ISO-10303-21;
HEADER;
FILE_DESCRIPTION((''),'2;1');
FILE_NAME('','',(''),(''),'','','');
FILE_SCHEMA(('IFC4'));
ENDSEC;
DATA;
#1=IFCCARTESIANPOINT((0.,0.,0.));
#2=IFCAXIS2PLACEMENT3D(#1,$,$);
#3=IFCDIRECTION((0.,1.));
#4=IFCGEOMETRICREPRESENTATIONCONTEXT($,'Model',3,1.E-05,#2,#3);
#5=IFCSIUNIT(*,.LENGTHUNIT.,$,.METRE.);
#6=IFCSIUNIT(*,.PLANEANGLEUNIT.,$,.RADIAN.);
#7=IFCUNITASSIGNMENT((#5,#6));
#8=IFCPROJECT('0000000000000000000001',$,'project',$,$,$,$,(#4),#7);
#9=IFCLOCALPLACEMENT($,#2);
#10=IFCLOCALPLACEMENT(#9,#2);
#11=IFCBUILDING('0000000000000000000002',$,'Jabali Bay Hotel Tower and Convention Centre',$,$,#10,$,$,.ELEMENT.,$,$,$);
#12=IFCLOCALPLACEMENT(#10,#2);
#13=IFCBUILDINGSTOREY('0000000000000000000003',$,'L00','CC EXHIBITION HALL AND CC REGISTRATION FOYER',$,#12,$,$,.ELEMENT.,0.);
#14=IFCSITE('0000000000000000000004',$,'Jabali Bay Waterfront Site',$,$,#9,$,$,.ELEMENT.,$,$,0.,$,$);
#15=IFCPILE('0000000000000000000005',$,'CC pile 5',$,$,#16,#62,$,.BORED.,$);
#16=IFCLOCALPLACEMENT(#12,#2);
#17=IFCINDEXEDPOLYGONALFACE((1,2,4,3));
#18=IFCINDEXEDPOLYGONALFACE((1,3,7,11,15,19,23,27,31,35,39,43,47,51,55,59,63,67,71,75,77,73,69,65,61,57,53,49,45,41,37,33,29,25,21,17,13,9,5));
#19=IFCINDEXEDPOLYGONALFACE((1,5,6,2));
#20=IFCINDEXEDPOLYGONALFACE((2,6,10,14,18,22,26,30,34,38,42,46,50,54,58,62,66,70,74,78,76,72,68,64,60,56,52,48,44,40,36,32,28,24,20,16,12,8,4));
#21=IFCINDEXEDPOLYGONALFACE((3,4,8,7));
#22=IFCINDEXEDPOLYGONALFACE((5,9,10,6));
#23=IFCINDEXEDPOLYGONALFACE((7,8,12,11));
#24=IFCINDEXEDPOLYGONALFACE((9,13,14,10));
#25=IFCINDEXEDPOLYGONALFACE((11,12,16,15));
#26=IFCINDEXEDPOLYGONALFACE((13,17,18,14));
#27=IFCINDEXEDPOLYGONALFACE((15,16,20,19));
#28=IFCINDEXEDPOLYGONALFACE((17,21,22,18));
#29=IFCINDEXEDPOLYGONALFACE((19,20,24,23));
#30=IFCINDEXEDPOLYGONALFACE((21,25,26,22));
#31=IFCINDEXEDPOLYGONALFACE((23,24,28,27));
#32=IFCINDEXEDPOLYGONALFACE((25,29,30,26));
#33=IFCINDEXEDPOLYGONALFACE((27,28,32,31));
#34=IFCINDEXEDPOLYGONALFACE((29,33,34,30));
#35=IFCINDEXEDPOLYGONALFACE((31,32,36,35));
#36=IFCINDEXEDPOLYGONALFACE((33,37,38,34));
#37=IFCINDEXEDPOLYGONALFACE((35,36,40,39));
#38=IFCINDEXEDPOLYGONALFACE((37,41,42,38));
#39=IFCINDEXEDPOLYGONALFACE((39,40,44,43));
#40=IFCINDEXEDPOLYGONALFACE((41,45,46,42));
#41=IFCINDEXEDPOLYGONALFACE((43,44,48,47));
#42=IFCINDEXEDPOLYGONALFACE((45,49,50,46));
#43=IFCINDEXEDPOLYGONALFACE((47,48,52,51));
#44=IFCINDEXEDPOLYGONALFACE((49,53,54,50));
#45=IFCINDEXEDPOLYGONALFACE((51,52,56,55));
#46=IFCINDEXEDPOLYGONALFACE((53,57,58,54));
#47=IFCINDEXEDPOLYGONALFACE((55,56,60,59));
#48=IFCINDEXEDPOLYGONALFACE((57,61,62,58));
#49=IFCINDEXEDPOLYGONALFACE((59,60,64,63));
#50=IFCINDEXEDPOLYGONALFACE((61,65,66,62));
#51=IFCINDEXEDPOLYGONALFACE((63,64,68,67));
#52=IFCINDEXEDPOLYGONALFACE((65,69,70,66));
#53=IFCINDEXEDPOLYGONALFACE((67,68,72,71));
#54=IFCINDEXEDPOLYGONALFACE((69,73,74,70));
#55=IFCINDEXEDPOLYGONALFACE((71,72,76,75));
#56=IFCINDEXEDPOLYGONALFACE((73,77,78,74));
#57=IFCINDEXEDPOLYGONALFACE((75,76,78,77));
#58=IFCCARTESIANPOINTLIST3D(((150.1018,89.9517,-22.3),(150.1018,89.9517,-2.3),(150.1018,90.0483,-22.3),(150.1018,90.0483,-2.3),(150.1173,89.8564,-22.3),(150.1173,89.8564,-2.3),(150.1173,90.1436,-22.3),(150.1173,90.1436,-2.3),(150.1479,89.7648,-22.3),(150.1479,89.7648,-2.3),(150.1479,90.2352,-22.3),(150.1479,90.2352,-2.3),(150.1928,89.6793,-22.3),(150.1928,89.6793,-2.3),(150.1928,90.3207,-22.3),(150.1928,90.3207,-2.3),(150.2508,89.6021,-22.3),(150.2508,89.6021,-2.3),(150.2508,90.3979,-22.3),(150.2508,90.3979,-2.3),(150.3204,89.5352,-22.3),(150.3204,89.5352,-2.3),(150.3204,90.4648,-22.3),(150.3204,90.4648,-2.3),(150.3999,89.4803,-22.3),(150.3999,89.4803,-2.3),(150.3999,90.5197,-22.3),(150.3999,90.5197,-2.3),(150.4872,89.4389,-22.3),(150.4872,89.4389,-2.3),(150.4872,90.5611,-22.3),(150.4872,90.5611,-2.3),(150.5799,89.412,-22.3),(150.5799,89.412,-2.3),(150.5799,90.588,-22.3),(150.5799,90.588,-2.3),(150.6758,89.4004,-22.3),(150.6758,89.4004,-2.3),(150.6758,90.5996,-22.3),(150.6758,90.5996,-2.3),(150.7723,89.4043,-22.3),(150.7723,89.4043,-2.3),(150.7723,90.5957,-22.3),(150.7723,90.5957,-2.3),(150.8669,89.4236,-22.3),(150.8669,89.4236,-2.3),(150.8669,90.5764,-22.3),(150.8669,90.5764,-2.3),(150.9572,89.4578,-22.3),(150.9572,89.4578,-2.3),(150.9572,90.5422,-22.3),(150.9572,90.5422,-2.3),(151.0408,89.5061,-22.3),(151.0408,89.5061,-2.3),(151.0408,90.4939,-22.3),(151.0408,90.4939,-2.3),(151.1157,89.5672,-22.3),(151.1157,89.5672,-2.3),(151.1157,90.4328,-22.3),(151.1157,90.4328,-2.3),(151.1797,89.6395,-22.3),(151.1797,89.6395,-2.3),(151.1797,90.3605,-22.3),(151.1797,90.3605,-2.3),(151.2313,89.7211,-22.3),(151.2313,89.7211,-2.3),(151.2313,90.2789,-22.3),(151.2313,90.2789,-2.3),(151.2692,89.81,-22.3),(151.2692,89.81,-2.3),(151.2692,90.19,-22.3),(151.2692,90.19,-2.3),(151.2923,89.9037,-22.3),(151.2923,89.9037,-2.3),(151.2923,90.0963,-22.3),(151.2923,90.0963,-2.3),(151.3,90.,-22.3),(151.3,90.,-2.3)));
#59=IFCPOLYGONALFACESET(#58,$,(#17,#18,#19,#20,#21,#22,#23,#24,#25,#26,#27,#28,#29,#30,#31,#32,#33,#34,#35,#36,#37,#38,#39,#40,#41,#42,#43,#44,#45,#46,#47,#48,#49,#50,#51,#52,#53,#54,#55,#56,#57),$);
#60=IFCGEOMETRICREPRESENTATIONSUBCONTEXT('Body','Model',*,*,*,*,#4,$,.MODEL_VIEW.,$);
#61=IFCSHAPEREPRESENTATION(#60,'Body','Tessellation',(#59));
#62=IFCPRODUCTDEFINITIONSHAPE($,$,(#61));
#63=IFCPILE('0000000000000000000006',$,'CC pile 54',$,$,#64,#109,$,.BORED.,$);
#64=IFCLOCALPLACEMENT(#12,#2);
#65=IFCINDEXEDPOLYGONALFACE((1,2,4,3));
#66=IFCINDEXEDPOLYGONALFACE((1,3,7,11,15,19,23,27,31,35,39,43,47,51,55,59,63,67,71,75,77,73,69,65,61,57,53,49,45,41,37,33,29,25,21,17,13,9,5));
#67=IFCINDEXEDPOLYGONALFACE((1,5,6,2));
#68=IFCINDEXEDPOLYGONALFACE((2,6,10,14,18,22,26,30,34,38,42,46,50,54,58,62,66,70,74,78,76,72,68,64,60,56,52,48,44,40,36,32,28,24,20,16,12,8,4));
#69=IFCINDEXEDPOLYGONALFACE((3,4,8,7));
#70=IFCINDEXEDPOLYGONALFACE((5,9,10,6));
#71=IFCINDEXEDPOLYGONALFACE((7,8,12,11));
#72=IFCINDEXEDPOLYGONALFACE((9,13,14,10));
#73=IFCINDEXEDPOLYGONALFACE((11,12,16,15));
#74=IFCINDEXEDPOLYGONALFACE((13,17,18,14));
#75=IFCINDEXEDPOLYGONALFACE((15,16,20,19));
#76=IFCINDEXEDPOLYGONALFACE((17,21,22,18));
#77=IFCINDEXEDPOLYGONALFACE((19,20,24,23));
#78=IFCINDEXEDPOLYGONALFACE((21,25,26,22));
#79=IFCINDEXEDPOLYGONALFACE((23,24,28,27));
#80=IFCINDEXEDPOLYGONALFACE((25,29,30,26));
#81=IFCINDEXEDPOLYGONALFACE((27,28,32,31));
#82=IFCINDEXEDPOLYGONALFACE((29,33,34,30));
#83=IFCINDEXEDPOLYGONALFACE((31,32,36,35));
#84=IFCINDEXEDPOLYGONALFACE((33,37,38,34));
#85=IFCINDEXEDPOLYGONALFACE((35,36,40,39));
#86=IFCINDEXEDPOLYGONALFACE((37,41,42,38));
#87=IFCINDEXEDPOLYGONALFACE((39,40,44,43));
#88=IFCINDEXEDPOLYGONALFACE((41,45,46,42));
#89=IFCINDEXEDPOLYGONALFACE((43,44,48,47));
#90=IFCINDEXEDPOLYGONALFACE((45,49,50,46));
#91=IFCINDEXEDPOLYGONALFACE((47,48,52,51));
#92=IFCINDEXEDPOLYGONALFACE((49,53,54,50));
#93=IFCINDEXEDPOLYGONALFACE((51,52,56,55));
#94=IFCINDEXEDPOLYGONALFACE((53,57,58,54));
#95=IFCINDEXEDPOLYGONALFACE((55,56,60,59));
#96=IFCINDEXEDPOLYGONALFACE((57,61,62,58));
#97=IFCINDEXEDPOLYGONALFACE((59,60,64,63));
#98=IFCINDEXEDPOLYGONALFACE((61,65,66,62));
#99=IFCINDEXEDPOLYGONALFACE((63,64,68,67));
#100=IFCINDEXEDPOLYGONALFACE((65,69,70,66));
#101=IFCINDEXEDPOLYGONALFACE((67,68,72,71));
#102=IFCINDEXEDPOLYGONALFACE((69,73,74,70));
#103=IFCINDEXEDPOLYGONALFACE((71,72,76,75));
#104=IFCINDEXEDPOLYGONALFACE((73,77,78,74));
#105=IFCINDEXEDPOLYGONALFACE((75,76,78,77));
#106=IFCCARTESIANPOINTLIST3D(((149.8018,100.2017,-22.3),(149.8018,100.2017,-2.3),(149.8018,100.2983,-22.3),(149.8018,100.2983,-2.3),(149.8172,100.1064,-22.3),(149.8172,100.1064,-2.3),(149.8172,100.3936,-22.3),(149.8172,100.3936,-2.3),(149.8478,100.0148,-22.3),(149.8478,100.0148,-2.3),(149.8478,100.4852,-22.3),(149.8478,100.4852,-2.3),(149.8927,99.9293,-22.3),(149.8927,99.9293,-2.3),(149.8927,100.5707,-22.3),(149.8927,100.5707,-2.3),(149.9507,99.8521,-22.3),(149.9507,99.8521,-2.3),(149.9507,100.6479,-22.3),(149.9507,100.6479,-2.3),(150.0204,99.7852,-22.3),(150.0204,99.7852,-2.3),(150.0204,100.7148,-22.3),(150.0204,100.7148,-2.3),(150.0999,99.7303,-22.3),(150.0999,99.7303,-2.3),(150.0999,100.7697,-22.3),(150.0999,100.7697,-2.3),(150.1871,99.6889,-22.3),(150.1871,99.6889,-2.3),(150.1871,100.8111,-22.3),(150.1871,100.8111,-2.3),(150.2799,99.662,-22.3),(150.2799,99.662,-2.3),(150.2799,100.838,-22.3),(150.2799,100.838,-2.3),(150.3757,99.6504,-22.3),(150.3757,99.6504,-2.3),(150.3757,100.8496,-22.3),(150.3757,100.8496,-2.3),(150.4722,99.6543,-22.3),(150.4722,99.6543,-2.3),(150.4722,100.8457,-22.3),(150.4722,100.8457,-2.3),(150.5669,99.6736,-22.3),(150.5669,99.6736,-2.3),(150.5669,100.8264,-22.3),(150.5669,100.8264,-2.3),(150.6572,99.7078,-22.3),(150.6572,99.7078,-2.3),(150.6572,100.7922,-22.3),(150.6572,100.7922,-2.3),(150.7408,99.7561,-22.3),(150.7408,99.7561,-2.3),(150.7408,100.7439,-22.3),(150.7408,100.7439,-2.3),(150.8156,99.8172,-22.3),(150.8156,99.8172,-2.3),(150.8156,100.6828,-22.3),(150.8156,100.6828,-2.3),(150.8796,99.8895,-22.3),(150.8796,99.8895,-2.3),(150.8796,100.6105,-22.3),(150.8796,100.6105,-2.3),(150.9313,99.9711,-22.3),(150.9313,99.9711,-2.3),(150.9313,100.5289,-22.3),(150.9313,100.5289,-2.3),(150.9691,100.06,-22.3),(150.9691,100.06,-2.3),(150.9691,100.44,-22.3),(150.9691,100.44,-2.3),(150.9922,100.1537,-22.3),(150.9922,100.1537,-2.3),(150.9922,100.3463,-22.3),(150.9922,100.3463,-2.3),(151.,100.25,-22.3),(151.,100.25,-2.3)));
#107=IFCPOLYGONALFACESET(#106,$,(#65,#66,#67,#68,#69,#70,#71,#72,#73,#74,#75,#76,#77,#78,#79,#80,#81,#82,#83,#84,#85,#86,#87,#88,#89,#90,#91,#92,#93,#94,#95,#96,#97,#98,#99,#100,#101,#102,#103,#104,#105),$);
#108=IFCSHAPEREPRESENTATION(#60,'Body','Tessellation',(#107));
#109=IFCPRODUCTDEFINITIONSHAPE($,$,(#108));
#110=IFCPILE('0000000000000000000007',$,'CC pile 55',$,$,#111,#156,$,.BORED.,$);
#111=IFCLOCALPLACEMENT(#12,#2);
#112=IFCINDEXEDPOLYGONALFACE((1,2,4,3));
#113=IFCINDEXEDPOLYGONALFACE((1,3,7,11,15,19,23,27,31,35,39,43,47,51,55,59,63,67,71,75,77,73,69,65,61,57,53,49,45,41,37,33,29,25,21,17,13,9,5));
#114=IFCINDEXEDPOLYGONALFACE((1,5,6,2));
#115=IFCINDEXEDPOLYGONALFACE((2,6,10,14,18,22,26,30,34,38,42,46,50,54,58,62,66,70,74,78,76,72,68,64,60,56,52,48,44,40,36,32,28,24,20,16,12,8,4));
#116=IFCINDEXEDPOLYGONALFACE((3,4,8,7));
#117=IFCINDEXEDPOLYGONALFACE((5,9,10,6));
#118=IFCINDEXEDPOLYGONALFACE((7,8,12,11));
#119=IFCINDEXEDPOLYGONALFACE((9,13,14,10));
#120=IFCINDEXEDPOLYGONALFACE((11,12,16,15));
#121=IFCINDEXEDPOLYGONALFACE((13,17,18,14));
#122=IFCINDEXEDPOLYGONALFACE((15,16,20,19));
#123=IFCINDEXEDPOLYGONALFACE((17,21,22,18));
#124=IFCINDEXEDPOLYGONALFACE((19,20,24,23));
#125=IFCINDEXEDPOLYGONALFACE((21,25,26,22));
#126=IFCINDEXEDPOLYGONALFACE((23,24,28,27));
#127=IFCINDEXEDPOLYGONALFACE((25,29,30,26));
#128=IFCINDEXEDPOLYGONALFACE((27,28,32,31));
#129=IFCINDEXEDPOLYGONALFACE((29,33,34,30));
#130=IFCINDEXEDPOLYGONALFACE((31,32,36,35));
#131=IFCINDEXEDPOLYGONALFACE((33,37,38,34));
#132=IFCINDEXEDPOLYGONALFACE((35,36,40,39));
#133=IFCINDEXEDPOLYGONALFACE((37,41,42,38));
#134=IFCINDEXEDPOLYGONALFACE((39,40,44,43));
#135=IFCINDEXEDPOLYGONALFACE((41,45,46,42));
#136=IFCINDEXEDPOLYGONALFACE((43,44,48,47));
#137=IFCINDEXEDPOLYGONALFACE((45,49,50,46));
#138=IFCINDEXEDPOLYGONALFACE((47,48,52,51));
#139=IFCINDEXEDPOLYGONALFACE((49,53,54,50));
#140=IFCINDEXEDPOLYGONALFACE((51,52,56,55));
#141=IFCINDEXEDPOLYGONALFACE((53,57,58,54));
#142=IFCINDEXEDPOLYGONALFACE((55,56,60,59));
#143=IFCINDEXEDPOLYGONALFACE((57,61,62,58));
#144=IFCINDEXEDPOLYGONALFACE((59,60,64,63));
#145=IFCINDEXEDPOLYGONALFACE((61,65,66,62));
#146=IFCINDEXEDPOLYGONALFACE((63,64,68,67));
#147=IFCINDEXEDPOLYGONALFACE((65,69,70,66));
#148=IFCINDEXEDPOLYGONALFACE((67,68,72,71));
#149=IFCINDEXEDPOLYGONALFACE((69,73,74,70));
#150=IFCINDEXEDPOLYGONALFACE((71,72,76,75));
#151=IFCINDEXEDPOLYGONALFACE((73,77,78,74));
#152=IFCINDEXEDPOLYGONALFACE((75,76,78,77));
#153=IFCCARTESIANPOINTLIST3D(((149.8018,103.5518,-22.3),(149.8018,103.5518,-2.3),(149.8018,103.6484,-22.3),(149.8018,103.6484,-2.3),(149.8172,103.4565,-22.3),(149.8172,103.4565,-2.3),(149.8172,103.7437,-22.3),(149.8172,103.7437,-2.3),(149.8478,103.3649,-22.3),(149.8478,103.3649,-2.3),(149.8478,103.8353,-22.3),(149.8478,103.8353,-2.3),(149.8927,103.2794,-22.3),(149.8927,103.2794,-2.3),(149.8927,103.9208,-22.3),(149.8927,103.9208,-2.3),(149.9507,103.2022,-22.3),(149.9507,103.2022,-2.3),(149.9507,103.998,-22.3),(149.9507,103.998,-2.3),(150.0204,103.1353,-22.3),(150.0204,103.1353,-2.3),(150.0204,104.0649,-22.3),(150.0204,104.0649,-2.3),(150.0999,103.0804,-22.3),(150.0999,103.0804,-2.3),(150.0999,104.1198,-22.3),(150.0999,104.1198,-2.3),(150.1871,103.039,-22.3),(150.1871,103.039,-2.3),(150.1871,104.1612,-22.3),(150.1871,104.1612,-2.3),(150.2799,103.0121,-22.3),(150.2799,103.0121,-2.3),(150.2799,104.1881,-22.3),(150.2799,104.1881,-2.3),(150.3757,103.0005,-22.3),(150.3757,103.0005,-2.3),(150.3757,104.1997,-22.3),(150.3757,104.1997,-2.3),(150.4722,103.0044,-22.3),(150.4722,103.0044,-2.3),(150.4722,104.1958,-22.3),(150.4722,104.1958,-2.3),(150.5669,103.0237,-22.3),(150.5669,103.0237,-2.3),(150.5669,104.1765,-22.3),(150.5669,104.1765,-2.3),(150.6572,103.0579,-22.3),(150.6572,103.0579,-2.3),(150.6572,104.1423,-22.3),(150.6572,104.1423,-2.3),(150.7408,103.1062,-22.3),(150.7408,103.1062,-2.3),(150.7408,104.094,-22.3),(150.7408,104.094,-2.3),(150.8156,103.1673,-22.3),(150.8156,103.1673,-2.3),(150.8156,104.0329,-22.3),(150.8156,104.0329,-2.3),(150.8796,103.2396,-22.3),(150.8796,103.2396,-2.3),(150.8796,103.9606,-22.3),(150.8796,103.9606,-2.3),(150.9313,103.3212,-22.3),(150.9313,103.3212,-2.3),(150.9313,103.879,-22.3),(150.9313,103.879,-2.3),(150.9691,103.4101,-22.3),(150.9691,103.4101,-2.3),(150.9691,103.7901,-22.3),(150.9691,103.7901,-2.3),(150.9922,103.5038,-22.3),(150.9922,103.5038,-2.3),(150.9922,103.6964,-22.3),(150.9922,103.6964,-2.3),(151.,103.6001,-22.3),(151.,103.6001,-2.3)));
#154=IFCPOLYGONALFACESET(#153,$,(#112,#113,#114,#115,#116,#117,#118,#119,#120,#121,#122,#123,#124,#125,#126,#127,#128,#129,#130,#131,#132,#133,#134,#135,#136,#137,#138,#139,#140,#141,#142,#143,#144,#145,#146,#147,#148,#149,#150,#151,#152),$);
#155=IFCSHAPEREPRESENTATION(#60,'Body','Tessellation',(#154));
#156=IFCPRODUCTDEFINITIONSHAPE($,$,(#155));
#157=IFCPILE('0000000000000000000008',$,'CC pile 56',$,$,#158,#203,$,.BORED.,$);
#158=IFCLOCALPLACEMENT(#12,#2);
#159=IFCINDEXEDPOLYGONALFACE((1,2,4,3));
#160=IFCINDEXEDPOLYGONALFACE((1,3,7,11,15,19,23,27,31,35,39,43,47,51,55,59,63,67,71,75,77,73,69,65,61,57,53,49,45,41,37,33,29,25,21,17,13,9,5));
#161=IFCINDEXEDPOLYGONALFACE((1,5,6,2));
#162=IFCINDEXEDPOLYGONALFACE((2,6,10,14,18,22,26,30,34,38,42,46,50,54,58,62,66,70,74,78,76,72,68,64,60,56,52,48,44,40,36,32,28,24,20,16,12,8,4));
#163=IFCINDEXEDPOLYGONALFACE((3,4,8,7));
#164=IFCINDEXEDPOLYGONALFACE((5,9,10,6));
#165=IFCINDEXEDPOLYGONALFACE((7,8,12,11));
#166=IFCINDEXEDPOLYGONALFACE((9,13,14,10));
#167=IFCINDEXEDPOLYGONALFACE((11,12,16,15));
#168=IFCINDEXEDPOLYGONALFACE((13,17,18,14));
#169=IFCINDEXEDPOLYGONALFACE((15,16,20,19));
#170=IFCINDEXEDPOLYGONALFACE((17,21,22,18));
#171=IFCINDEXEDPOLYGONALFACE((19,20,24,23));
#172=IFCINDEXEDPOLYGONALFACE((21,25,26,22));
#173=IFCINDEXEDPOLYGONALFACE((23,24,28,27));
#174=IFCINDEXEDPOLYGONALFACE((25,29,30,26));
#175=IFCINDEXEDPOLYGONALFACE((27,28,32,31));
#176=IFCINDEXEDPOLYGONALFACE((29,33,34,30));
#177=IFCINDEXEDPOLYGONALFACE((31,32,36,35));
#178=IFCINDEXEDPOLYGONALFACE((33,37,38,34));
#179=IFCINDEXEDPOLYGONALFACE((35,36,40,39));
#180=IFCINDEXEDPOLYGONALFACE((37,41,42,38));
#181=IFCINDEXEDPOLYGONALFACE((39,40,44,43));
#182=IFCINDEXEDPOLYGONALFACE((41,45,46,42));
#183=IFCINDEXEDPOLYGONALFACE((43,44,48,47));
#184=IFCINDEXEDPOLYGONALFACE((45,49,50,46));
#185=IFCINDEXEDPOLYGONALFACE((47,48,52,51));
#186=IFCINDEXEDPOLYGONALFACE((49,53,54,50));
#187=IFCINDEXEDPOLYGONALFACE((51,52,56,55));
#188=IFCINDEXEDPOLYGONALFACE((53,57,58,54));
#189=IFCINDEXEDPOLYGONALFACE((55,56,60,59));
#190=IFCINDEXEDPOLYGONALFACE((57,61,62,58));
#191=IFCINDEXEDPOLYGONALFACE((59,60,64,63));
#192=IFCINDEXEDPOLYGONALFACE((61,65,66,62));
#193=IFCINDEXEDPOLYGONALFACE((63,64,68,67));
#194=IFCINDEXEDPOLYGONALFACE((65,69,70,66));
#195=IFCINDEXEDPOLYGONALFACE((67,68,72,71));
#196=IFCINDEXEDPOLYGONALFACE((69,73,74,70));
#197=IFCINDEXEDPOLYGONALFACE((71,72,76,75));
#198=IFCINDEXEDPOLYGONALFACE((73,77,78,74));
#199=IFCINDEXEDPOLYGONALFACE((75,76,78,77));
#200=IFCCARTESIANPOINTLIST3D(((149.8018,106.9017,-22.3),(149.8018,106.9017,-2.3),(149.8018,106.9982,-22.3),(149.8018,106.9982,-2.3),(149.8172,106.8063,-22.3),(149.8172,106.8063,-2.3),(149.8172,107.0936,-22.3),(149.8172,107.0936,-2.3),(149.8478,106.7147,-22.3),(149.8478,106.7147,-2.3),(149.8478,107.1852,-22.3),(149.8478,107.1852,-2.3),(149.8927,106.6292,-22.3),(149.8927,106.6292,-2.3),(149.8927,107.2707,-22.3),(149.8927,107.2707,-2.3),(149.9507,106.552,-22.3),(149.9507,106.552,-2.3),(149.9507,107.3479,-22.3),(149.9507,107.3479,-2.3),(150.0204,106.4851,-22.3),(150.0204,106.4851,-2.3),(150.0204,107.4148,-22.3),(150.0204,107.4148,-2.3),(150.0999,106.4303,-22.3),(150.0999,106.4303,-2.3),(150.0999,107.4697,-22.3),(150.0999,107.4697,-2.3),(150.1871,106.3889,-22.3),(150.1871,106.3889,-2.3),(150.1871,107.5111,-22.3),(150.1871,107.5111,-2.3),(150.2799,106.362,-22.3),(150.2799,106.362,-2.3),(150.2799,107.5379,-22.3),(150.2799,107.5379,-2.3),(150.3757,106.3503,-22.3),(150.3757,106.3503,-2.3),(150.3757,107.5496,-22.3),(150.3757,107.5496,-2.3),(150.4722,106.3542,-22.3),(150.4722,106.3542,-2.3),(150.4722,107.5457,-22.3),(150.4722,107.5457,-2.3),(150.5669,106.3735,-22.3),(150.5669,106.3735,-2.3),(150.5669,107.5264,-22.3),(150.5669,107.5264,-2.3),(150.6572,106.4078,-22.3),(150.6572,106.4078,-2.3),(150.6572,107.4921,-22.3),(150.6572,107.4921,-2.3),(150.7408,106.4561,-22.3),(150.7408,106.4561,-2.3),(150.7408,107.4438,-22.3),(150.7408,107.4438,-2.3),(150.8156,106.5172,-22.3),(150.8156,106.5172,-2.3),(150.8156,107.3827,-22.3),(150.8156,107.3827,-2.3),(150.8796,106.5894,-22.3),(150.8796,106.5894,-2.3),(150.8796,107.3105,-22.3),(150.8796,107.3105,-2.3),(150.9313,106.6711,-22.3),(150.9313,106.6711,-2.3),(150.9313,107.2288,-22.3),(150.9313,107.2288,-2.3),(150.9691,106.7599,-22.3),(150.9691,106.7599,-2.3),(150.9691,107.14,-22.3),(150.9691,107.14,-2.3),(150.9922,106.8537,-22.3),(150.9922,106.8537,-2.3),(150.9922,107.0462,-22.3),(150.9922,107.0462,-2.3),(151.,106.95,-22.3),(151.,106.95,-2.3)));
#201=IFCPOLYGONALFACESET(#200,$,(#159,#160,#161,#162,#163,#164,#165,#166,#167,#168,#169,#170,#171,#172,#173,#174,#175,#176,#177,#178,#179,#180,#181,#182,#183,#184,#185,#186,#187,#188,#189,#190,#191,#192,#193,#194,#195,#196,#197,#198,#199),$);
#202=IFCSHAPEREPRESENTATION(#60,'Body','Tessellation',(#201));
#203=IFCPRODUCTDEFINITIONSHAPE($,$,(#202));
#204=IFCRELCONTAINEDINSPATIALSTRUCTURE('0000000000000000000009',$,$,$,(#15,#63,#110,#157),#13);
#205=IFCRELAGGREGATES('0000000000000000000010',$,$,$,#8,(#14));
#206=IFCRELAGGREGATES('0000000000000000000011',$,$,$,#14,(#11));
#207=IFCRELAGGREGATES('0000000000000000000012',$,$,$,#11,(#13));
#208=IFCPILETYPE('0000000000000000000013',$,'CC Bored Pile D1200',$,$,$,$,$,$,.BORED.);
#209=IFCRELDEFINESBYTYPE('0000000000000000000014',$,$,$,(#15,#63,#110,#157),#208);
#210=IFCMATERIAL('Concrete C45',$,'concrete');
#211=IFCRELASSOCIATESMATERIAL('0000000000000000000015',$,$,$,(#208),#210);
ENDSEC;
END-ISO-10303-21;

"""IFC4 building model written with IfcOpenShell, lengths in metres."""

from ifc_helpers import new_model, si_unit, direction, frame, origin, origin_2d, place, context, subcontext, project, spatial, circle, extrude, material, material_profile, profile_set, type_object, element, save


model = new_model("IFC4")

# Units and contexts
model_context = context("Model", 3, precision=1e-05, world=origin(), true_north=direction((0.0, 1.0)))
body_context = subcontext(model_context, "Body", "Model", "MODEL_VIEW")
ifc_project = project(units=[si_unit("LENGTHUNIT", "METRE"), si_unit("PLANEANGLEUNIT", "RADIAN")], contexts=[model_context])

# Site, building, storey
site_placement = place(None, origin())
site = spatial("IfcSite", under=ifc_project, at=site_placement, Name="Jabali Bay Waterfront Site", CompositionType="ELEMENT", RefElevation=0.0)
building_placement = place(site_placement, origin())
building = spatial("IfcBuilding", under=site, at=building_placement, Name="Jabali Bay Hotel Tower and Convention Centre", CompositionType="ELEMENT")
storey_placement = place(building_placement, origin())
storey = spatial("IfcBuildingStorey", under=building, at=storey_placement, Name="L00", Description="CC EXHIBITION HALL AND CC REGISTRATION FOYER", CompositionType="ELEMENT", Elevation=0.0)

# Piles
ifc_material_1 = material(Name="Concrete C45", Category="concrete")
ifc_material_profile_1 = material_profile(ifc_material_1, circle(Radius=0.6001, at=origin_2d()), Name="D1200")
ifc_profile_set_1 = profile_set([ifc_material_profile_1], Name="Concrete C45")
pile_type = type_object("IfcPileType", Name="CC Bored Pile D1200", PredefinedType="BORED", material=ifc_profile_set_1)
for number, where, z_axis, x_axis, name in (
    (1, (150.7, 90.0, -2.3), (0.0, 0.0, -1.0), (1.0, 0.0, 0.0), "CC pile 5"),
    (2, (150.3999, 100.25, -2.3), (0.0, 0.0, -1.0), (1.0, 0.0, 0.0), "CC pile 54"),
    (3, (150.3999, 103.6001, -2.3), (0.0, 0.0, -1.0), (1.0, 0.0, 0.0), "CC pile 55"),
    (4, (150.3999, 106.95, -2.3), (0.0, 0.0, -1.0), (1.0, 0.0, 0.0), "CC pile 56"),
):
    element("IfcPile", number, at=place(storey_placement, frame(where, z_axis=z_axis, x_axis=x_axis)), inside=storey, type_object=pile_type, Name=name, PredefinedType="BORED", context=body_context, shape_type="SweptSolid", body=[
        extrude(circle(Radius=0.6001, at=origin_2d()), origin(), (0.0, 0.0, 1.0), 20.0),
    ])

save(model, "model.ifc")
